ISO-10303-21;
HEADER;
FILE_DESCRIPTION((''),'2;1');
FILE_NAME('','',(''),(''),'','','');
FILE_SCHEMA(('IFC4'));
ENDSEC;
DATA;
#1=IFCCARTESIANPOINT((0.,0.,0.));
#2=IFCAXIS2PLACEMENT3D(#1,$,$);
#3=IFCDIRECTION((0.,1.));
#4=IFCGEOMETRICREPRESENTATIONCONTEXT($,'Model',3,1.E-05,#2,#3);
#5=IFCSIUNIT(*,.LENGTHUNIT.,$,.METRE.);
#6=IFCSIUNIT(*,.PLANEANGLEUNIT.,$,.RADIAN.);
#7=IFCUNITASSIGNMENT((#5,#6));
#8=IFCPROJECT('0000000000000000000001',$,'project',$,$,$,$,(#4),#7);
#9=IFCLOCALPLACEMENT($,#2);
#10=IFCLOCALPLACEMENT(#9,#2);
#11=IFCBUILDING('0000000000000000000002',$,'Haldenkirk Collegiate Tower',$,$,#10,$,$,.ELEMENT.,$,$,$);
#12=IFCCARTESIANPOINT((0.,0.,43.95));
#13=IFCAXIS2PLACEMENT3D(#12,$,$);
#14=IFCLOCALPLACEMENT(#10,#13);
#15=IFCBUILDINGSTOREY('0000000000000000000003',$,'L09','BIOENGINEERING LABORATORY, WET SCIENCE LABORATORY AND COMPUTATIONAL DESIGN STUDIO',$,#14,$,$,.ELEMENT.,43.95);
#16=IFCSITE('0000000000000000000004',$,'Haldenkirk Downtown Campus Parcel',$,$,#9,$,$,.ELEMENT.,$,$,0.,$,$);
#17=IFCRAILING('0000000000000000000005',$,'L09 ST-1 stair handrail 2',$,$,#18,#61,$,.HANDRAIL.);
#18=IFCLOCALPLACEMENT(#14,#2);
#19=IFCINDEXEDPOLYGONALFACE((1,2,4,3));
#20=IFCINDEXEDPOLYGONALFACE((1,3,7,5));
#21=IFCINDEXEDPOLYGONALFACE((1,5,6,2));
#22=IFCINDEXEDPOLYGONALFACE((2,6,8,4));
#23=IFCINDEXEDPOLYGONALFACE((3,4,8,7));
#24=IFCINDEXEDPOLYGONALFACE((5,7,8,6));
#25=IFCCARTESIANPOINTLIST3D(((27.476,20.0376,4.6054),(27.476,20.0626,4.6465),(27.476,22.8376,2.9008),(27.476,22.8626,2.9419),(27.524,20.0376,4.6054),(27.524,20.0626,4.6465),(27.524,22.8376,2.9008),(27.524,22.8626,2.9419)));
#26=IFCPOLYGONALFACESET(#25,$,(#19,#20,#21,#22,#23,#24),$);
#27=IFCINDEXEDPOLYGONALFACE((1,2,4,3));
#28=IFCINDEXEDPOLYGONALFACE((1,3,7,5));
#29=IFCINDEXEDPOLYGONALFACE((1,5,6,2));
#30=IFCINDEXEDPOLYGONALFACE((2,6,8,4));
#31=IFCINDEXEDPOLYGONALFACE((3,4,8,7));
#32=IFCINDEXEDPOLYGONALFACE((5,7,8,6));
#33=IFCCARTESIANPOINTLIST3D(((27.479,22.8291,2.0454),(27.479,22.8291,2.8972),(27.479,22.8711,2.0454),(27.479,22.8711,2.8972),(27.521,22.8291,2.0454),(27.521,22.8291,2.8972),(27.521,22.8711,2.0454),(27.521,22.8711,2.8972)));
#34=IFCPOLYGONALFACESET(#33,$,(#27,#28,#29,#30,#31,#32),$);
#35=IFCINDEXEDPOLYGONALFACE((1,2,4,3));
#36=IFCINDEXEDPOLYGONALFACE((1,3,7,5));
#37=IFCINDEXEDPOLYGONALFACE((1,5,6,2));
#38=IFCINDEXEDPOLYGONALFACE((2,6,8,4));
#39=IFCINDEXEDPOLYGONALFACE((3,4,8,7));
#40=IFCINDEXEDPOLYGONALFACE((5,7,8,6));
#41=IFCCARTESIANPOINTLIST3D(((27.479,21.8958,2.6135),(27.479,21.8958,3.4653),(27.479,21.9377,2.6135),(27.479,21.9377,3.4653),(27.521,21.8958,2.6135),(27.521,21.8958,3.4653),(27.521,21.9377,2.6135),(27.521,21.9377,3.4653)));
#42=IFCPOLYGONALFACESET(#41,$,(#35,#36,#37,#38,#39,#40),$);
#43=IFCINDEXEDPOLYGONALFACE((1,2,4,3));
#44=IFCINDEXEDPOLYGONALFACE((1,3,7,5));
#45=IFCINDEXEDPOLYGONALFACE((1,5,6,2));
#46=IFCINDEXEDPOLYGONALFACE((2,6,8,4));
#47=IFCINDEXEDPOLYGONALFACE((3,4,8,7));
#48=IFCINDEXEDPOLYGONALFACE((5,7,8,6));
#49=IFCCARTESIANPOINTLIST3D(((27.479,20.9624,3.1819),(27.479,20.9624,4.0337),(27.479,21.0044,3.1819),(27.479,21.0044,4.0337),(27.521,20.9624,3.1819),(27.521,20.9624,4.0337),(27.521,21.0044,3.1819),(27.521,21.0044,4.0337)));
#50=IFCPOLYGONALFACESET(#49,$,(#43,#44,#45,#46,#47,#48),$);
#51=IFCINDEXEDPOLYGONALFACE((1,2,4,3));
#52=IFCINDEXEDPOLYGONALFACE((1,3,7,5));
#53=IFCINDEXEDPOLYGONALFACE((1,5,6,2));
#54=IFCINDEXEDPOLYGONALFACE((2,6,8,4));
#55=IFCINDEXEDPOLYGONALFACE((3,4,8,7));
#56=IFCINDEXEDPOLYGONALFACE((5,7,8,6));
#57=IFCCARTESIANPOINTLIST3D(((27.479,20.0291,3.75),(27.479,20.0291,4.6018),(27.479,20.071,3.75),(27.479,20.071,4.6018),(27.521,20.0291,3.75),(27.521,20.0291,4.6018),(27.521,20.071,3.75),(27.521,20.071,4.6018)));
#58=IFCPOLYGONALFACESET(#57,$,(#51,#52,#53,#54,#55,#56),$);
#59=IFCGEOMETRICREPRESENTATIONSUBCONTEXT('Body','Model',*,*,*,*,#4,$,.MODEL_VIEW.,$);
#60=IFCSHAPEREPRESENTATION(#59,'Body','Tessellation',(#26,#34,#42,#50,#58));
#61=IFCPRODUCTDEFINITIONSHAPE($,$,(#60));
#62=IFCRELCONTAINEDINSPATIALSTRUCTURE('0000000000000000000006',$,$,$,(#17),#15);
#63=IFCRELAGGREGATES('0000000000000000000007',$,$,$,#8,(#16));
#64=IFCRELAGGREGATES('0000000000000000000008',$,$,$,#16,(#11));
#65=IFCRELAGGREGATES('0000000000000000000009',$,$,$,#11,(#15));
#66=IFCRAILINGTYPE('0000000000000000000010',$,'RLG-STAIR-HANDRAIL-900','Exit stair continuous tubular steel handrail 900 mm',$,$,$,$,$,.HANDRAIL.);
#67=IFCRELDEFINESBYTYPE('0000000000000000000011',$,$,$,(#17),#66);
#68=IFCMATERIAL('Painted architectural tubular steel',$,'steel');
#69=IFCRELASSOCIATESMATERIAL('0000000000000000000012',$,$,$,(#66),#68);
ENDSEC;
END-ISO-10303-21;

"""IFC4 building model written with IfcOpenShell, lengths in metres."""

from ifc_helpers import new_model, si_unit, direction, frame, origin, origin_2d, place, context, subcontext, project, spatial, rectangle, extrude, material, type_object, element, save


model = new_model("IFC4")

# Units and contexts
model_context = context("Model", 3, precision=1e-05, world=origin(), true_north=direction((0.0, 1.0)))
body_context = subcontext(model_context, "Body", "Model", "MODEL_VIEW")
ifc_project = project(units=[si_unit("LENGTHUNIT", "METRE"), si_unit("PLANEANGLEUNIT", "RADIAN")], contexts=[model_context])

# Site, building, storey
site_placement = place(None, origin())
site = spatial("IfcSite", under=ifc_project, at=site_placement, Name="Haldenkirk Downtown Campus Parcel", CompositionType="ELEMENT", RefElevation=0.0)
building_placement = place(site_placement, origin())
building = spatial("IfcBuilding", under=site, at=building_placement, Name="Haldenkirk Collegiate Tower", CompositionType="ELEMENT")
storey_placement = place(building_placement, frame((0.0, 0.0, 43.95)))
storey = spatial("IfcBuildingStorey", under=building, at=storey_placement, Name="L09", Description="BIOENGINEERING LABORATORY, WET SCIENCE LABORATORY AND COMPUTATIONAL DESIGN STUDIO", CompositionType="ELEMENT", Elevation=43.95)

# Railing
ifc_material_1 = material(Name="Painted architectural tubular steel", Category="steel")
railing_type_1 = type_object("IfcRailingType", Name="RLG-STAIR-HANDRAIL-900", Description="Exit stair continuous tubular steel handrail 900 mm", PredefinedType="HANDRAIL", material=ifc_material_1)
railing_1_placement = place(storey_placement, frame((27.5, 22.8501, 2.0454)))
element("IfcRailing", 1, at=railing_1_placement, inside=storey, type_object=railing_type_1, Name="L09 ST-1 stair handrail 2", PredefinedType="HANDRAIL", context=body_context, shape_type="SweptSolid", body=[
    extrude(rectangle(XDim=0.0481, YDim=0.0481, at=origin_2d()), frame((0.0, 0.0, 0.876), z_axis=(0.0, -0.85417, 0.519994), x_axis=(1.0, 0.0, 0.0)), (0.0, 0.0, 1.0), 3.2781),
    extrude(rectangle(XDim=0.042, YDim=0.042, at=origin_2d()), origin(), (0.0, 0.0, 1.0), 0.8518),
    extrude(rectangle(XDim=0.042, YDim=0.042, at=origin_2d()), frame((0.0, -0.9333, 0.5681)), (0.0, 0.0, 1.0), 0.8518),
    extrude(rectangle(XDim=0.042, YDim=0.042, at=origin_2d()), frame((0.0, -1.8667, 1.1365)), (0.0, 0.0, 1.0), 0.8518),
    extrude(rectangle(XDim=0.042, YDim=0.042, at=origin_2d()), frame((0.0, -2.8, 1.7046)), (0.0, 0.0, 1.0), 0.8518),
])

save(model, "model.ifc")
